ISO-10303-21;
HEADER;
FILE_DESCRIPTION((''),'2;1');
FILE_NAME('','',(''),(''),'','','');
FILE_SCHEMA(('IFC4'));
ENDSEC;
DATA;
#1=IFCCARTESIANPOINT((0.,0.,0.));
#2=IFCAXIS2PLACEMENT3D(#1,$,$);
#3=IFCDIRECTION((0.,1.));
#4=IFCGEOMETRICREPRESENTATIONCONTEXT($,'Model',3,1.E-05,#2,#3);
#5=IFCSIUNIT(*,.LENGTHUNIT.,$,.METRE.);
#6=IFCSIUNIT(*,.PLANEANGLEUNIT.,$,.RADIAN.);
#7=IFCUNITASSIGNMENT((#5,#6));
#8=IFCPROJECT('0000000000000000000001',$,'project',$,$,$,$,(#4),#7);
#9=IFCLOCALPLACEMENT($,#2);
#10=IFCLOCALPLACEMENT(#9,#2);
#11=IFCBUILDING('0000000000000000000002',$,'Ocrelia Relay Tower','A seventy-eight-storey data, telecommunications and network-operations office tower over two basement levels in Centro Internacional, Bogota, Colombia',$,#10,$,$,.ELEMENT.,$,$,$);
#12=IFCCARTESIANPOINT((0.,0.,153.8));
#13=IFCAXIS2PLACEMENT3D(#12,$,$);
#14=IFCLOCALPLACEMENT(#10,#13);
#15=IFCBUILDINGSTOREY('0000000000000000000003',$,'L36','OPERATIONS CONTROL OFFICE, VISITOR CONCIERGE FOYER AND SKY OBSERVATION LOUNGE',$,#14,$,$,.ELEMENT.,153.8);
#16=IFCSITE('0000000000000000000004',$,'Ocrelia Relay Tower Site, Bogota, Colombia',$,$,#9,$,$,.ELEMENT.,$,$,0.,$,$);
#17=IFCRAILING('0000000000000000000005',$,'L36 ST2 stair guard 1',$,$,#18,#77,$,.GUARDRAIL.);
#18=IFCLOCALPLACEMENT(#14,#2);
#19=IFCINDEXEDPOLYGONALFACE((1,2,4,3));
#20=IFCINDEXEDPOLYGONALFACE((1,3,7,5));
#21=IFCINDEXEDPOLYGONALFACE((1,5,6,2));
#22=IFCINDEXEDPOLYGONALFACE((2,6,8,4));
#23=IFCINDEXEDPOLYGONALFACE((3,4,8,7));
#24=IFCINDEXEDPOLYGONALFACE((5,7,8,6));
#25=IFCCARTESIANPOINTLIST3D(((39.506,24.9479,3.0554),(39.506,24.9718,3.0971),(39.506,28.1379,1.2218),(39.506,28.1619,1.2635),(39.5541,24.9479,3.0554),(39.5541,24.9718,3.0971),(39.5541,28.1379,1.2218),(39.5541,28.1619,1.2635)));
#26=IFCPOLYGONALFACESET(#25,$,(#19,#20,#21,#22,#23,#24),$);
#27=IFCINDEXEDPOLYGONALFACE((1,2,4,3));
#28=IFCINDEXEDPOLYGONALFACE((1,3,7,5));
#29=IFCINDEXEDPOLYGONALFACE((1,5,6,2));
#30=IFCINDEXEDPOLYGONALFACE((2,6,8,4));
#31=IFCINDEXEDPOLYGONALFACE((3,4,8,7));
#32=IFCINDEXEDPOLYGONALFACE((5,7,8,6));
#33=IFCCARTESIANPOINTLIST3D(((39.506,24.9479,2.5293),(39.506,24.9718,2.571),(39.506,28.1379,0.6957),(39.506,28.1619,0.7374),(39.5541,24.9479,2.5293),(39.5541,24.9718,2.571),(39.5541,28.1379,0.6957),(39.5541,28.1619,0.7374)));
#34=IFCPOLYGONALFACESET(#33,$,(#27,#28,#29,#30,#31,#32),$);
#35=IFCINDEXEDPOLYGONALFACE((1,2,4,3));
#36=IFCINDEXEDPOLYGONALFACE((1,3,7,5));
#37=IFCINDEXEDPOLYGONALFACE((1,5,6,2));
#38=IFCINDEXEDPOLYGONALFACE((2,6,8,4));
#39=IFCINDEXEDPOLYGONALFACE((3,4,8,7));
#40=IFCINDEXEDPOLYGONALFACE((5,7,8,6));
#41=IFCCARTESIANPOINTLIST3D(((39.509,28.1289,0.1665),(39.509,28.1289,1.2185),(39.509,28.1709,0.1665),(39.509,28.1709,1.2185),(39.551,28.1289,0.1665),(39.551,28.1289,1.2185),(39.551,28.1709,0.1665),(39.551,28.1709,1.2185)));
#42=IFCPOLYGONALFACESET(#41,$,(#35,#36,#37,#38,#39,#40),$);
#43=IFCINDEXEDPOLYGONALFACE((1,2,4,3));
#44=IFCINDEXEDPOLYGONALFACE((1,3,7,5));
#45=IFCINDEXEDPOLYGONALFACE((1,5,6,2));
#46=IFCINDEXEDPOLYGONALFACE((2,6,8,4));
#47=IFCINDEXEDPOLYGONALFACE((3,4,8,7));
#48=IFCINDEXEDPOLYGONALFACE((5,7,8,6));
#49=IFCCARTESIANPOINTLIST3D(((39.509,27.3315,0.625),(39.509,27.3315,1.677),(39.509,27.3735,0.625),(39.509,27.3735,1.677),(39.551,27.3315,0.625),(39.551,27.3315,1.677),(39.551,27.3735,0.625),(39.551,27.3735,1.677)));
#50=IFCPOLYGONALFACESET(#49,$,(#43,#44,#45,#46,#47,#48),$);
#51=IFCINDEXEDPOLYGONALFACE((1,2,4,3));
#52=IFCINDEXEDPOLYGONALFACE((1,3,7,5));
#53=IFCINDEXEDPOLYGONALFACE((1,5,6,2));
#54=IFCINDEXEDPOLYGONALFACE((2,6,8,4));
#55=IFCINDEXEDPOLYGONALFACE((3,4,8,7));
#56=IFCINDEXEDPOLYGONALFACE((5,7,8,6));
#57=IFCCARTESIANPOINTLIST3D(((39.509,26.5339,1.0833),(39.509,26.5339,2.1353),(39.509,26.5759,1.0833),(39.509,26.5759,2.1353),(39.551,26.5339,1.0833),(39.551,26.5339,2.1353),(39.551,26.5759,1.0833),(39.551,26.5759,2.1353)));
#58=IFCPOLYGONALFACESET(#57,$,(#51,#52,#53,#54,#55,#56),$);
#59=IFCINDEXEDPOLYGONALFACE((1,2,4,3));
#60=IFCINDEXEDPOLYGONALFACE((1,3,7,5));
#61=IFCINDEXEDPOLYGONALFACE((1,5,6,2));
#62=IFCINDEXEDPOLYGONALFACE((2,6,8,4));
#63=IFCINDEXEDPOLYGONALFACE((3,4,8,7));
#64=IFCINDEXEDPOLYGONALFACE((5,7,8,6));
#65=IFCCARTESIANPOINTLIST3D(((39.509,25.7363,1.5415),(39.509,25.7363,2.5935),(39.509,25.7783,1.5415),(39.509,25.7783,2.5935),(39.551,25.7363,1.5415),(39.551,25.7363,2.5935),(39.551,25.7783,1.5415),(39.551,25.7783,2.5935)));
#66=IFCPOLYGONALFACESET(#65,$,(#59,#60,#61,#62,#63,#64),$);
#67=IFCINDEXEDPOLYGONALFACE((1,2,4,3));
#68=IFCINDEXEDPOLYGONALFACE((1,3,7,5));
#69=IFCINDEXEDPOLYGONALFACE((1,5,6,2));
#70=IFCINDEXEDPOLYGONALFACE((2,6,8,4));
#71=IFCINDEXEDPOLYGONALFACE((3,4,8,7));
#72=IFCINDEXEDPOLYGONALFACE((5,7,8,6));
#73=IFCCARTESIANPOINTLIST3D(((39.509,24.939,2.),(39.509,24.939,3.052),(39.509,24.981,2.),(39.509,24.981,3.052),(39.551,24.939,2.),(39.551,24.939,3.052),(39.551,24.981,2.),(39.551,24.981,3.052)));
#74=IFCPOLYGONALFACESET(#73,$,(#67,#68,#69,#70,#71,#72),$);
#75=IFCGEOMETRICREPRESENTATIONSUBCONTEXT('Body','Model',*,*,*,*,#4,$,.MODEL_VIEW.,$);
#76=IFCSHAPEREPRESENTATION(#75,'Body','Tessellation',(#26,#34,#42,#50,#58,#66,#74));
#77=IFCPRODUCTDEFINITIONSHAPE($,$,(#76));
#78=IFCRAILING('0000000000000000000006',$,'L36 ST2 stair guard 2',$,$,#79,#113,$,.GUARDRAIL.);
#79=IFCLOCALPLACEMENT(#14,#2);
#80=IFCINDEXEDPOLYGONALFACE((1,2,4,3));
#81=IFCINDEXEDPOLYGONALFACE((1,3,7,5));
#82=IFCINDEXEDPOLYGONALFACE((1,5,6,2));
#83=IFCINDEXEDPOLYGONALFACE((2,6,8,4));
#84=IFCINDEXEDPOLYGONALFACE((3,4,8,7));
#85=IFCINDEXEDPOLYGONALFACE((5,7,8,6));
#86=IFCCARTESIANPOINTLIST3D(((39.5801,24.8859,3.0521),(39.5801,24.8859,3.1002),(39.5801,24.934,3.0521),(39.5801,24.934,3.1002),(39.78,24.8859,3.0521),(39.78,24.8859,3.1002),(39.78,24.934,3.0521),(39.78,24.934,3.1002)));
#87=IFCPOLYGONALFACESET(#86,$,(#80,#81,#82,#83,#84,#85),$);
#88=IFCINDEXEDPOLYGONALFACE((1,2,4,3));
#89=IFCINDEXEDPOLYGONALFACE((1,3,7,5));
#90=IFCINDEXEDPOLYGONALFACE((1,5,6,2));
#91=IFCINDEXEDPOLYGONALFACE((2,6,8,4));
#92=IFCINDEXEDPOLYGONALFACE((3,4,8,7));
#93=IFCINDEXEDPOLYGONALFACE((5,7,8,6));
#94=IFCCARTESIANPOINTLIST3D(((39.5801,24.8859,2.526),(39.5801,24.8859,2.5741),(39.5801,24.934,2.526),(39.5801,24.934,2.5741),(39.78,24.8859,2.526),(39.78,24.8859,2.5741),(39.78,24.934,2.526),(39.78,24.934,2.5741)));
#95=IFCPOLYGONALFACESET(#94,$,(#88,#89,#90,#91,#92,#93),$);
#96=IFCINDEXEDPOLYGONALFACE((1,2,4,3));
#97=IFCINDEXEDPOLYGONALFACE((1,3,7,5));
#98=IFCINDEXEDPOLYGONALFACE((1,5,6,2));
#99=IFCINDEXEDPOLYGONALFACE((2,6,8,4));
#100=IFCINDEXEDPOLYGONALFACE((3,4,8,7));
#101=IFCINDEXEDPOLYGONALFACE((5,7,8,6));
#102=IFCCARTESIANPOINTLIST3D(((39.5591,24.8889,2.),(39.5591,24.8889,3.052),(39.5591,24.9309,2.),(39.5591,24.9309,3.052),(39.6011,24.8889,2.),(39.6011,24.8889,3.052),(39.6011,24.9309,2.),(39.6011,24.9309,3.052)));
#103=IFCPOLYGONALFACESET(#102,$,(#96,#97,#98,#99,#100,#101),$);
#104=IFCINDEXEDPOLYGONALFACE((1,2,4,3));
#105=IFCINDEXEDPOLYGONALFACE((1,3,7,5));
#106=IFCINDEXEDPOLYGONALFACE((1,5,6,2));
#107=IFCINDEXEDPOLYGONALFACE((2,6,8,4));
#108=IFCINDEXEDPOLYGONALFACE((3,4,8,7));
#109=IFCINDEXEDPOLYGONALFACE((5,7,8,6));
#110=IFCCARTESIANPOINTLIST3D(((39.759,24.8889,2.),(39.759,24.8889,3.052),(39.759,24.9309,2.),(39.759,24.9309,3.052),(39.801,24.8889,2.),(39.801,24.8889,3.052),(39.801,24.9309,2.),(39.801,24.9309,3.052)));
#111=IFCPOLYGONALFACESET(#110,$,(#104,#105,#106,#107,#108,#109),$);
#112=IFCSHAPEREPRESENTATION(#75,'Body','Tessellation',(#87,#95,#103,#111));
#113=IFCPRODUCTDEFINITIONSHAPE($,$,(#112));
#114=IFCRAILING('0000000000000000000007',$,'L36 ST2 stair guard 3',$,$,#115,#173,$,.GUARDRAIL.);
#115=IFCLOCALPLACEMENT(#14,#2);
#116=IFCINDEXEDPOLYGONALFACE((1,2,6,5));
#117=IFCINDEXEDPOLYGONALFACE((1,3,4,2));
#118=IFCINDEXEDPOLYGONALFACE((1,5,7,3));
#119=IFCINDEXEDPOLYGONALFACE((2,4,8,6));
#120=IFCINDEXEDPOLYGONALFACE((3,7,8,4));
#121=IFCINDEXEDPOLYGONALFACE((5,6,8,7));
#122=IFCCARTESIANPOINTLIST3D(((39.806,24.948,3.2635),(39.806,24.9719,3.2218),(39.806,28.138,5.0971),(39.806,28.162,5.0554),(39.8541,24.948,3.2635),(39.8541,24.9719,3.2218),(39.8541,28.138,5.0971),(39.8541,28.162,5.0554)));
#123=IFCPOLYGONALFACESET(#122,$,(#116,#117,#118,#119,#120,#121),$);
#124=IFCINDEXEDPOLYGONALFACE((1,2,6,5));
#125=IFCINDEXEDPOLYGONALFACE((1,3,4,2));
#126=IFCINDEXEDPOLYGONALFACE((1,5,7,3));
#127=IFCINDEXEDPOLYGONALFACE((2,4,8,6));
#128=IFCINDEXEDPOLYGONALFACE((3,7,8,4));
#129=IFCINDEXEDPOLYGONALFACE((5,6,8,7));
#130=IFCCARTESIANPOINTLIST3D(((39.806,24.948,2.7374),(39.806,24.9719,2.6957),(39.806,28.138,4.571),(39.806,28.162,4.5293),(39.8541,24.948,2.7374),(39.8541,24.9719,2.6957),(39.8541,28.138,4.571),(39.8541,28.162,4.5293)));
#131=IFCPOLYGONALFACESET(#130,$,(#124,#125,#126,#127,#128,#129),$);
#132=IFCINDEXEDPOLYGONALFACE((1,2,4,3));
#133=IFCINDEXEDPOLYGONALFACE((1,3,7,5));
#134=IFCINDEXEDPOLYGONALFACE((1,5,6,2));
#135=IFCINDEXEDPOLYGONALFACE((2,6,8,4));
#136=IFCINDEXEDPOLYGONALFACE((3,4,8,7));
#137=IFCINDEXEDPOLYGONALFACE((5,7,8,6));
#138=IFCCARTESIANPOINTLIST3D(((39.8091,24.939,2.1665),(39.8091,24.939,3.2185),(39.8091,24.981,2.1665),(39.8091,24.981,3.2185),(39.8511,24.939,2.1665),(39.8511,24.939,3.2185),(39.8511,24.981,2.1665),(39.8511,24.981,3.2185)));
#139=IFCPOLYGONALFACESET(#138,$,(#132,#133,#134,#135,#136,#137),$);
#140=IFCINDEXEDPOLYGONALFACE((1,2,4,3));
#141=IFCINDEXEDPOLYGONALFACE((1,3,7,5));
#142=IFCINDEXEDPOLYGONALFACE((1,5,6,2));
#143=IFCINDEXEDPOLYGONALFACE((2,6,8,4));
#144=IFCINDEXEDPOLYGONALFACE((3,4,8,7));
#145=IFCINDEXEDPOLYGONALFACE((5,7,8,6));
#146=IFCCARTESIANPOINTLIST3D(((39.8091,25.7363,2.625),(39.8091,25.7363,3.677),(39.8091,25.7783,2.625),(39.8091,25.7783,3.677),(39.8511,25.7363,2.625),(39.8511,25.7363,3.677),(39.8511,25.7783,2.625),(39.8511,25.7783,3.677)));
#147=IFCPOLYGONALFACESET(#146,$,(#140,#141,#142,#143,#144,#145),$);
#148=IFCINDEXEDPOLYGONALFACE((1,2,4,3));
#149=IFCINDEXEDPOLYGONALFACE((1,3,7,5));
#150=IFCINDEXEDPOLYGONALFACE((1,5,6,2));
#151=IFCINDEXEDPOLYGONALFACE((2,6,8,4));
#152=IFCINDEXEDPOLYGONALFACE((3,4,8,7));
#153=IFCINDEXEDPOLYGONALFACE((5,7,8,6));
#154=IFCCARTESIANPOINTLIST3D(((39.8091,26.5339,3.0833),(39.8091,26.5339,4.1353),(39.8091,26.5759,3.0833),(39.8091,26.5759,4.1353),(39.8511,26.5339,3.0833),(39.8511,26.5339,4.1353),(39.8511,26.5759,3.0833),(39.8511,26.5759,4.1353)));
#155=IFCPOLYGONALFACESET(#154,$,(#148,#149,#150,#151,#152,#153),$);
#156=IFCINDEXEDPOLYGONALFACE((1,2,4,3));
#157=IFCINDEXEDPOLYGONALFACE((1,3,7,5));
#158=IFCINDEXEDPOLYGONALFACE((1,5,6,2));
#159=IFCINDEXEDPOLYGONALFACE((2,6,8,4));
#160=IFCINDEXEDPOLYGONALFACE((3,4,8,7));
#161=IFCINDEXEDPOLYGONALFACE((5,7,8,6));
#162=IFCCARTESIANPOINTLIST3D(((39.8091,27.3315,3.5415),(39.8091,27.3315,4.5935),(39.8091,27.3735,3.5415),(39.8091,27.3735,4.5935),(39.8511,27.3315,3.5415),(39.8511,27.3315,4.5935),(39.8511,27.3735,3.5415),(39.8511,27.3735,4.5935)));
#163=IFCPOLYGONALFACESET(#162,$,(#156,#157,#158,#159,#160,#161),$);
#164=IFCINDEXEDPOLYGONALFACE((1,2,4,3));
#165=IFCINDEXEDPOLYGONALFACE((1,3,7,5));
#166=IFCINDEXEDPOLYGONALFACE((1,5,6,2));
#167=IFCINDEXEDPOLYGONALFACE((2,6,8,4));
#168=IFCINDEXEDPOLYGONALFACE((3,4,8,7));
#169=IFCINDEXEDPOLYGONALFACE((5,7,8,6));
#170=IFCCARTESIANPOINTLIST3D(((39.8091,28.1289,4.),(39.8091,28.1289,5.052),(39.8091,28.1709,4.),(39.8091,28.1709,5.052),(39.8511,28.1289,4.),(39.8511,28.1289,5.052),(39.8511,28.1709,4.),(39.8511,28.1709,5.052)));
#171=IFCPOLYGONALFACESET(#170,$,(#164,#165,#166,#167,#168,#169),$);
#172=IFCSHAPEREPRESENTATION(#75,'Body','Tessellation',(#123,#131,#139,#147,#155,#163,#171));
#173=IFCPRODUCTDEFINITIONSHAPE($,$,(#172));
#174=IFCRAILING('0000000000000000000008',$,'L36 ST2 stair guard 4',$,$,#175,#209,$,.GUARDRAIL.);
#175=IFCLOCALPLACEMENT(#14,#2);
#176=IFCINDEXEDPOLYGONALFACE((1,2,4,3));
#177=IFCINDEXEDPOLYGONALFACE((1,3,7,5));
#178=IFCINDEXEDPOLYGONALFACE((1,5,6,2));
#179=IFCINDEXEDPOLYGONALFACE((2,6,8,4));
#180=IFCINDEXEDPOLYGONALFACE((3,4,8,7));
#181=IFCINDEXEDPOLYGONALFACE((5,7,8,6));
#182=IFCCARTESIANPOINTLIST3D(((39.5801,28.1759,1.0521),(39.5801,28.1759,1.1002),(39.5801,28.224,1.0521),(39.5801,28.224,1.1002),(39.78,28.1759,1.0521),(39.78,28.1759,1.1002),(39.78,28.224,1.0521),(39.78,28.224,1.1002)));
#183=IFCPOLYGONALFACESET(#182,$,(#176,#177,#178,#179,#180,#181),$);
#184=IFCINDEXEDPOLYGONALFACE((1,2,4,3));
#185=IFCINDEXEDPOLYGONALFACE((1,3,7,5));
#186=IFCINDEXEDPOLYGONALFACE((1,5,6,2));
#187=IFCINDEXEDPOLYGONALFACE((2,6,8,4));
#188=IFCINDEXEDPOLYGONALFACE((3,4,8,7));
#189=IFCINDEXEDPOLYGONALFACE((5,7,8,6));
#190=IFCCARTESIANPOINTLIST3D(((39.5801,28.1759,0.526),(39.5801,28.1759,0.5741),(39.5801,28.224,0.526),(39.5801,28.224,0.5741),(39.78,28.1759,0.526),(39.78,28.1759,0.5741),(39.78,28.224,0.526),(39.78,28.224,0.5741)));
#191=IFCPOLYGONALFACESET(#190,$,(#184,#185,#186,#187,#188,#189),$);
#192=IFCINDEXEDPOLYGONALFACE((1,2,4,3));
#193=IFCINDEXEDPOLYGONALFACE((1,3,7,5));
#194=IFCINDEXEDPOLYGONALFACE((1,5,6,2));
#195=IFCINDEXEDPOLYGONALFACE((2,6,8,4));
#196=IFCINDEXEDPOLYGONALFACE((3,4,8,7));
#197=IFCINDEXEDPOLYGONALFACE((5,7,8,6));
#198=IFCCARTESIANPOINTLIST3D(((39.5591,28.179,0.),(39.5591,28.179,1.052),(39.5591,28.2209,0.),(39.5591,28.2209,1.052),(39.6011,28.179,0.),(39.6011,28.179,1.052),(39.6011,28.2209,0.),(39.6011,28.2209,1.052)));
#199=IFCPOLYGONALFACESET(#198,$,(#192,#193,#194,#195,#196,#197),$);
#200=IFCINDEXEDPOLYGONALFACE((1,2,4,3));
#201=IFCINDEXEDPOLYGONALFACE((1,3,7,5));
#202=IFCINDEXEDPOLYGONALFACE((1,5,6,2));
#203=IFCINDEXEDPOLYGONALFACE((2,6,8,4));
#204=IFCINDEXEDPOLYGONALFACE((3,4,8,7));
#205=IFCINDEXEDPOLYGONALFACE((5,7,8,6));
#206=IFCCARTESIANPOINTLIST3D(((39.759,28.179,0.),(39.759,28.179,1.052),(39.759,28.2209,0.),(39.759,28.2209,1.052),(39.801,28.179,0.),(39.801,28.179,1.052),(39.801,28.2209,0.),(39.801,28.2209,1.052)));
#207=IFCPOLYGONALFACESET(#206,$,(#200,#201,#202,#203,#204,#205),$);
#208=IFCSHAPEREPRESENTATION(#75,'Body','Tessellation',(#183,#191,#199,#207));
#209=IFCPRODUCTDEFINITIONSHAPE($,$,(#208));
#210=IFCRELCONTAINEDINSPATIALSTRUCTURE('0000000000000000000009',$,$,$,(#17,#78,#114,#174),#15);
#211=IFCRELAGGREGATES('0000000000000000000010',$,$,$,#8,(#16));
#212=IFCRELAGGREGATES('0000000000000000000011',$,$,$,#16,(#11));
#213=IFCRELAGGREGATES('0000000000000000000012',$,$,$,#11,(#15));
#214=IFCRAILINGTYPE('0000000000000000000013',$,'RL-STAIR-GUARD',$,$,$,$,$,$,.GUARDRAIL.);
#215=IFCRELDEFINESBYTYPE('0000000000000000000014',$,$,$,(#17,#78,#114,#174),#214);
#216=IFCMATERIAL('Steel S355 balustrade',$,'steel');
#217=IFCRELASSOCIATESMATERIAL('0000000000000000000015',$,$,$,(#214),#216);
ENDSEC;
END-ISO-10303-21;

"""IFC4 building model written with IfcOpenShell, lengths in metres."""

from ifc_helpers import new_model, si_unit, direction, frame, origin, origin_2d, place, context, subcontext, project, spatial, rectangle, extrude, material, type_object, element, save


model = new_model("IFC4")

# Units and contexts
model_context = context("Model", 3, precision=1e-05, world=origin(), true_north=direction((0.0, 1.0)))
body_context = subcontext(model_context, "Body", "Model", "MODEL_VIEW")
ifc_project = project(units=[si_unit("LENGTHUNIT", "METRE"), si_unit("PLANEANGLEUNIT", "RADIAN")], contexts=[model_context])

# Site, building, storey
site_placement = place(None, origin())
site = spatial("IfcSite", under=ifc_project, at=site_placement, Name="Ocrelia Relay Tower Site, Bogota, Colombia", CompositionType="ELEMENT", RefElevation=0.0)
building_placement = place(site_placement, origin())
building = spatial("IfcBuilding", under=site, at=building_placement, Name="Ocrelia Relay Tower", Description="A seventy-eight-storey data, telecommunications and network-operations office tower over two basement levels in Centro Internacional, Bogota, Colombia", CompositionType="ELEMENT")
storey_placement = place(building_placement, frame((0.0, 0.0, 153.8)))
storey = spatial("IfcBuildingStorey", under=building, at=storey_placement, Name="L36", Description="OPERATIONS CONTROL OFFICE, VISITOR CONCIERGE FOYER AND SKY OBSERVATION LOUNGE", CompositionType="ELEMENT", Elevation=153.8)

# Railings
ifc_material_1 = material(Name="Steel S355 balustrade", Category="steel")
railing_type_1 = type_object("IfcRailingType", Name="RL-STAIR-GUARD", PredefinedType="GUARDRAIL", material=ifc_material_1)
railing_1_placement = place(storey_placement, frame((39.53, 28.1499, 0.1665)))
element("IfcRailing", 1, at=railing_1_placement, inside=storey, type_object=railing_type_1, Name="L36 ST2 stair guard 1", PredefinedType="GUARDRAIL", context=body_context, shape_type="SweptSolid", body=[
    extrude(rectangle(XDim=0.0481, YDim=0.0481, at=origin_2d()), frame((0.0, 0.0, 1.0762), z_axis=(0.0, -0.866991, 0.498324), x_axis=(1.0, 0.0, 0.0)), (0.0, 0.0, 1.0), 3.6794),
    extrude(rectangle(XDim=0.0481, YDim=0.0481, at=origin_2d()), frame((0.0, 0.0, 0.55), z_axis=(0.0, -0.866991, 0.498324), x_axis=(1.0, 0.0, 0.0)), (0.0, 0.0, 1.0), 3.6794),
    extrude(rectangle(XDim=0.042, YDim=0.042, at=origin_2d()), origin(), (0.0, 0.0, 1.0), 1.052),
    extrude(rectangle(XDim=0.042, YDim=0.042, at=origin_2d()), frame((0.0, -0.7974, 0.4585)), (0.0, 0.0, 1.0), 1.052),
    extrude(rectangle(XDim=0.042, YDim=0.042, at=origin_2d()), frame((0.0, -1.595, 0.9167)), (0.0, 0.0, 1.0), 1.052),
    extrude(rectangle(XDim=0.042, YDim=0.042, at=origin_2d()), frame((0.0, -2.3926, 1.375)), (0.0, 0.0, 1.0), 1.052),
    extrude(rectangle(XDim=0.042, YDim=0.042, at=origin_2d()), frame((0.0, -3.1899, 1.8335)), (0.0, 0.0, 1.0), 1.052),
])
railing_2_placement = place(storey_placement, frame((39.5801, 24.9099, 2.0)))
element("IfcRailing", 2, at=railing_2_placement, inside=storey, type_object=railing_type_1, Name="L36 ST2 stair guard 2", PredefinedType="GUARDRAIL", context=body_context, shape_type="SweptSolid", body=[
    extrude(rectangle(XDim=0.0481, YDim=0.0481, at=origin_2d()), frame((0.0, 0.0, 1.0762), z_axis=(1.0, 0.0, 0.0), x_axis=(0.0, 1.0, 0.0)), (0.0, 0.0, 1.0), 0.2),
    extrude(rectangle(XDim=0.0481, YDim=0.0481, at=origin_2d()), frame((0.0, 0.0, 0.55), z_axis=(1.0, 0.0, 0.0), x_axis=(0.0, 1.0, 0.0)), (0.0, 0.0, 1.0), 0.2),
    extrude(rectangle(XDim=0.042, YDim=0.042, at=origin_2d()), origin(), (0.0, 0.0, 1.0), 1.052),
    extrude(rectangle(XDim=0.042, YDim=0.042, at=origin_2d()), frame((0.2, 0.0, 0.0)), (0.0, 0.0, 1.0), 1.052),
])
railing_3_placement = place(storey_placement, frame((39.8301, 24.96, 2.1665)))
element("IfcRailing", 3, at=railing_3_placement, inside=storey, type_object=railing_type_1, Name="L36 ST2 stair guard 3", PredefinedType="GUARDRAIL", context=body_context, shape_type="SweptSolid", body=[
    extrude(rectangle(XDim=0.0481, YDim=0.0481, at=origin_2d()), frame((0.0, 0.0, 1.0762), z_axis=(0.0, 0.866991, 0.498324), x_axis=(-1.0, 0.0, 0.0)), (0.0, 0.0, 1.0), 3.6794),
    extrude(rectangle(XDim=0.0481, YDim=0.0481, at=origin_2d()), frame((0.0, 0.0, 0.55), z_axis=(0.0, 0.866991, 0.498324), x_axis=(-1.0, 0.0, 0.0)), (0.0, 0.0, 1.0), 3.6794),
    extrude(rectangle(XDim=0.042, YDim=0.042, at=origin_2d()), origin(), (0.0, 0.0, 1.0), 1.052),
    extrude(rectangle(XDim=0.042, YDim=0.042, at=origin_2d()), frame((0.0, 0.7974, 0.4585)), (0.0, 0.0, 1.0), 1.052),
    extrude(rectangle(XDim=0.042, YDim=0.042, at=origin_2d()), frame((0.0, 1.595, 0.9167)), (0.0, 0.0, 1.0), 1.052),
    extrude(rectangle(XDim=0.042, YDim=0.042, at=origin_2d()), frame((0.0, 2.3926, 1.375)), (0.0, 0.0, 1.0), 1.052),
    extrude(rectangle(XDim=0.042, YDim=0.042, at=origin_2d()), frame((0.0, 3.1899, 1.8335)), (0.0, 0.0, 1.0), 1.052),
])
railing_4_placement = place(storey_placement, frame((39.5801, 28.2, 0.0)))
element("IfcRailing", 4, at=railing_4_placement, inside=storey, type_object=railing_type_1, Name="L36 ST2 stair guard 4", PredefinedType="GUARDRAIL", context=body_context, shape_type="SweptSolid", body=[
    extrude(rectangle(XDim=0.0481, YDim=0.0481, at=origin_2d()), frame((0.0, 0.0, 1.0762), z_axis=(1.0, 0.0, 0.0), x_axis=(0.0, 1.0, 0.0)), (0.0, 0.0, 1.0), 0.2),
    extrude(rectangle(XDim=0.0481, YDim=0.0481, at=origin_2d()), frame((0.0, 0.0, 0.55), z_axis=(1.0, 0.0, 0.0), x_axis=(0.0, 1.0, 0.0)), (0.0, 0.0, 1.0), 0.2),
    extrude(rectangle(XDim=0.042, YDim=0.042, at=origin_2d()), origin(), (0.0, 0.0, 1.0), 1.052),
    extrude(rectangle(XDim=0.042, YDim=0.042, at=origin_2d()), frame((0.2, 0.0, 0.0)), (0.0, 0.0, 1.0), 1.052),
])

save(model, "model.ifc")
